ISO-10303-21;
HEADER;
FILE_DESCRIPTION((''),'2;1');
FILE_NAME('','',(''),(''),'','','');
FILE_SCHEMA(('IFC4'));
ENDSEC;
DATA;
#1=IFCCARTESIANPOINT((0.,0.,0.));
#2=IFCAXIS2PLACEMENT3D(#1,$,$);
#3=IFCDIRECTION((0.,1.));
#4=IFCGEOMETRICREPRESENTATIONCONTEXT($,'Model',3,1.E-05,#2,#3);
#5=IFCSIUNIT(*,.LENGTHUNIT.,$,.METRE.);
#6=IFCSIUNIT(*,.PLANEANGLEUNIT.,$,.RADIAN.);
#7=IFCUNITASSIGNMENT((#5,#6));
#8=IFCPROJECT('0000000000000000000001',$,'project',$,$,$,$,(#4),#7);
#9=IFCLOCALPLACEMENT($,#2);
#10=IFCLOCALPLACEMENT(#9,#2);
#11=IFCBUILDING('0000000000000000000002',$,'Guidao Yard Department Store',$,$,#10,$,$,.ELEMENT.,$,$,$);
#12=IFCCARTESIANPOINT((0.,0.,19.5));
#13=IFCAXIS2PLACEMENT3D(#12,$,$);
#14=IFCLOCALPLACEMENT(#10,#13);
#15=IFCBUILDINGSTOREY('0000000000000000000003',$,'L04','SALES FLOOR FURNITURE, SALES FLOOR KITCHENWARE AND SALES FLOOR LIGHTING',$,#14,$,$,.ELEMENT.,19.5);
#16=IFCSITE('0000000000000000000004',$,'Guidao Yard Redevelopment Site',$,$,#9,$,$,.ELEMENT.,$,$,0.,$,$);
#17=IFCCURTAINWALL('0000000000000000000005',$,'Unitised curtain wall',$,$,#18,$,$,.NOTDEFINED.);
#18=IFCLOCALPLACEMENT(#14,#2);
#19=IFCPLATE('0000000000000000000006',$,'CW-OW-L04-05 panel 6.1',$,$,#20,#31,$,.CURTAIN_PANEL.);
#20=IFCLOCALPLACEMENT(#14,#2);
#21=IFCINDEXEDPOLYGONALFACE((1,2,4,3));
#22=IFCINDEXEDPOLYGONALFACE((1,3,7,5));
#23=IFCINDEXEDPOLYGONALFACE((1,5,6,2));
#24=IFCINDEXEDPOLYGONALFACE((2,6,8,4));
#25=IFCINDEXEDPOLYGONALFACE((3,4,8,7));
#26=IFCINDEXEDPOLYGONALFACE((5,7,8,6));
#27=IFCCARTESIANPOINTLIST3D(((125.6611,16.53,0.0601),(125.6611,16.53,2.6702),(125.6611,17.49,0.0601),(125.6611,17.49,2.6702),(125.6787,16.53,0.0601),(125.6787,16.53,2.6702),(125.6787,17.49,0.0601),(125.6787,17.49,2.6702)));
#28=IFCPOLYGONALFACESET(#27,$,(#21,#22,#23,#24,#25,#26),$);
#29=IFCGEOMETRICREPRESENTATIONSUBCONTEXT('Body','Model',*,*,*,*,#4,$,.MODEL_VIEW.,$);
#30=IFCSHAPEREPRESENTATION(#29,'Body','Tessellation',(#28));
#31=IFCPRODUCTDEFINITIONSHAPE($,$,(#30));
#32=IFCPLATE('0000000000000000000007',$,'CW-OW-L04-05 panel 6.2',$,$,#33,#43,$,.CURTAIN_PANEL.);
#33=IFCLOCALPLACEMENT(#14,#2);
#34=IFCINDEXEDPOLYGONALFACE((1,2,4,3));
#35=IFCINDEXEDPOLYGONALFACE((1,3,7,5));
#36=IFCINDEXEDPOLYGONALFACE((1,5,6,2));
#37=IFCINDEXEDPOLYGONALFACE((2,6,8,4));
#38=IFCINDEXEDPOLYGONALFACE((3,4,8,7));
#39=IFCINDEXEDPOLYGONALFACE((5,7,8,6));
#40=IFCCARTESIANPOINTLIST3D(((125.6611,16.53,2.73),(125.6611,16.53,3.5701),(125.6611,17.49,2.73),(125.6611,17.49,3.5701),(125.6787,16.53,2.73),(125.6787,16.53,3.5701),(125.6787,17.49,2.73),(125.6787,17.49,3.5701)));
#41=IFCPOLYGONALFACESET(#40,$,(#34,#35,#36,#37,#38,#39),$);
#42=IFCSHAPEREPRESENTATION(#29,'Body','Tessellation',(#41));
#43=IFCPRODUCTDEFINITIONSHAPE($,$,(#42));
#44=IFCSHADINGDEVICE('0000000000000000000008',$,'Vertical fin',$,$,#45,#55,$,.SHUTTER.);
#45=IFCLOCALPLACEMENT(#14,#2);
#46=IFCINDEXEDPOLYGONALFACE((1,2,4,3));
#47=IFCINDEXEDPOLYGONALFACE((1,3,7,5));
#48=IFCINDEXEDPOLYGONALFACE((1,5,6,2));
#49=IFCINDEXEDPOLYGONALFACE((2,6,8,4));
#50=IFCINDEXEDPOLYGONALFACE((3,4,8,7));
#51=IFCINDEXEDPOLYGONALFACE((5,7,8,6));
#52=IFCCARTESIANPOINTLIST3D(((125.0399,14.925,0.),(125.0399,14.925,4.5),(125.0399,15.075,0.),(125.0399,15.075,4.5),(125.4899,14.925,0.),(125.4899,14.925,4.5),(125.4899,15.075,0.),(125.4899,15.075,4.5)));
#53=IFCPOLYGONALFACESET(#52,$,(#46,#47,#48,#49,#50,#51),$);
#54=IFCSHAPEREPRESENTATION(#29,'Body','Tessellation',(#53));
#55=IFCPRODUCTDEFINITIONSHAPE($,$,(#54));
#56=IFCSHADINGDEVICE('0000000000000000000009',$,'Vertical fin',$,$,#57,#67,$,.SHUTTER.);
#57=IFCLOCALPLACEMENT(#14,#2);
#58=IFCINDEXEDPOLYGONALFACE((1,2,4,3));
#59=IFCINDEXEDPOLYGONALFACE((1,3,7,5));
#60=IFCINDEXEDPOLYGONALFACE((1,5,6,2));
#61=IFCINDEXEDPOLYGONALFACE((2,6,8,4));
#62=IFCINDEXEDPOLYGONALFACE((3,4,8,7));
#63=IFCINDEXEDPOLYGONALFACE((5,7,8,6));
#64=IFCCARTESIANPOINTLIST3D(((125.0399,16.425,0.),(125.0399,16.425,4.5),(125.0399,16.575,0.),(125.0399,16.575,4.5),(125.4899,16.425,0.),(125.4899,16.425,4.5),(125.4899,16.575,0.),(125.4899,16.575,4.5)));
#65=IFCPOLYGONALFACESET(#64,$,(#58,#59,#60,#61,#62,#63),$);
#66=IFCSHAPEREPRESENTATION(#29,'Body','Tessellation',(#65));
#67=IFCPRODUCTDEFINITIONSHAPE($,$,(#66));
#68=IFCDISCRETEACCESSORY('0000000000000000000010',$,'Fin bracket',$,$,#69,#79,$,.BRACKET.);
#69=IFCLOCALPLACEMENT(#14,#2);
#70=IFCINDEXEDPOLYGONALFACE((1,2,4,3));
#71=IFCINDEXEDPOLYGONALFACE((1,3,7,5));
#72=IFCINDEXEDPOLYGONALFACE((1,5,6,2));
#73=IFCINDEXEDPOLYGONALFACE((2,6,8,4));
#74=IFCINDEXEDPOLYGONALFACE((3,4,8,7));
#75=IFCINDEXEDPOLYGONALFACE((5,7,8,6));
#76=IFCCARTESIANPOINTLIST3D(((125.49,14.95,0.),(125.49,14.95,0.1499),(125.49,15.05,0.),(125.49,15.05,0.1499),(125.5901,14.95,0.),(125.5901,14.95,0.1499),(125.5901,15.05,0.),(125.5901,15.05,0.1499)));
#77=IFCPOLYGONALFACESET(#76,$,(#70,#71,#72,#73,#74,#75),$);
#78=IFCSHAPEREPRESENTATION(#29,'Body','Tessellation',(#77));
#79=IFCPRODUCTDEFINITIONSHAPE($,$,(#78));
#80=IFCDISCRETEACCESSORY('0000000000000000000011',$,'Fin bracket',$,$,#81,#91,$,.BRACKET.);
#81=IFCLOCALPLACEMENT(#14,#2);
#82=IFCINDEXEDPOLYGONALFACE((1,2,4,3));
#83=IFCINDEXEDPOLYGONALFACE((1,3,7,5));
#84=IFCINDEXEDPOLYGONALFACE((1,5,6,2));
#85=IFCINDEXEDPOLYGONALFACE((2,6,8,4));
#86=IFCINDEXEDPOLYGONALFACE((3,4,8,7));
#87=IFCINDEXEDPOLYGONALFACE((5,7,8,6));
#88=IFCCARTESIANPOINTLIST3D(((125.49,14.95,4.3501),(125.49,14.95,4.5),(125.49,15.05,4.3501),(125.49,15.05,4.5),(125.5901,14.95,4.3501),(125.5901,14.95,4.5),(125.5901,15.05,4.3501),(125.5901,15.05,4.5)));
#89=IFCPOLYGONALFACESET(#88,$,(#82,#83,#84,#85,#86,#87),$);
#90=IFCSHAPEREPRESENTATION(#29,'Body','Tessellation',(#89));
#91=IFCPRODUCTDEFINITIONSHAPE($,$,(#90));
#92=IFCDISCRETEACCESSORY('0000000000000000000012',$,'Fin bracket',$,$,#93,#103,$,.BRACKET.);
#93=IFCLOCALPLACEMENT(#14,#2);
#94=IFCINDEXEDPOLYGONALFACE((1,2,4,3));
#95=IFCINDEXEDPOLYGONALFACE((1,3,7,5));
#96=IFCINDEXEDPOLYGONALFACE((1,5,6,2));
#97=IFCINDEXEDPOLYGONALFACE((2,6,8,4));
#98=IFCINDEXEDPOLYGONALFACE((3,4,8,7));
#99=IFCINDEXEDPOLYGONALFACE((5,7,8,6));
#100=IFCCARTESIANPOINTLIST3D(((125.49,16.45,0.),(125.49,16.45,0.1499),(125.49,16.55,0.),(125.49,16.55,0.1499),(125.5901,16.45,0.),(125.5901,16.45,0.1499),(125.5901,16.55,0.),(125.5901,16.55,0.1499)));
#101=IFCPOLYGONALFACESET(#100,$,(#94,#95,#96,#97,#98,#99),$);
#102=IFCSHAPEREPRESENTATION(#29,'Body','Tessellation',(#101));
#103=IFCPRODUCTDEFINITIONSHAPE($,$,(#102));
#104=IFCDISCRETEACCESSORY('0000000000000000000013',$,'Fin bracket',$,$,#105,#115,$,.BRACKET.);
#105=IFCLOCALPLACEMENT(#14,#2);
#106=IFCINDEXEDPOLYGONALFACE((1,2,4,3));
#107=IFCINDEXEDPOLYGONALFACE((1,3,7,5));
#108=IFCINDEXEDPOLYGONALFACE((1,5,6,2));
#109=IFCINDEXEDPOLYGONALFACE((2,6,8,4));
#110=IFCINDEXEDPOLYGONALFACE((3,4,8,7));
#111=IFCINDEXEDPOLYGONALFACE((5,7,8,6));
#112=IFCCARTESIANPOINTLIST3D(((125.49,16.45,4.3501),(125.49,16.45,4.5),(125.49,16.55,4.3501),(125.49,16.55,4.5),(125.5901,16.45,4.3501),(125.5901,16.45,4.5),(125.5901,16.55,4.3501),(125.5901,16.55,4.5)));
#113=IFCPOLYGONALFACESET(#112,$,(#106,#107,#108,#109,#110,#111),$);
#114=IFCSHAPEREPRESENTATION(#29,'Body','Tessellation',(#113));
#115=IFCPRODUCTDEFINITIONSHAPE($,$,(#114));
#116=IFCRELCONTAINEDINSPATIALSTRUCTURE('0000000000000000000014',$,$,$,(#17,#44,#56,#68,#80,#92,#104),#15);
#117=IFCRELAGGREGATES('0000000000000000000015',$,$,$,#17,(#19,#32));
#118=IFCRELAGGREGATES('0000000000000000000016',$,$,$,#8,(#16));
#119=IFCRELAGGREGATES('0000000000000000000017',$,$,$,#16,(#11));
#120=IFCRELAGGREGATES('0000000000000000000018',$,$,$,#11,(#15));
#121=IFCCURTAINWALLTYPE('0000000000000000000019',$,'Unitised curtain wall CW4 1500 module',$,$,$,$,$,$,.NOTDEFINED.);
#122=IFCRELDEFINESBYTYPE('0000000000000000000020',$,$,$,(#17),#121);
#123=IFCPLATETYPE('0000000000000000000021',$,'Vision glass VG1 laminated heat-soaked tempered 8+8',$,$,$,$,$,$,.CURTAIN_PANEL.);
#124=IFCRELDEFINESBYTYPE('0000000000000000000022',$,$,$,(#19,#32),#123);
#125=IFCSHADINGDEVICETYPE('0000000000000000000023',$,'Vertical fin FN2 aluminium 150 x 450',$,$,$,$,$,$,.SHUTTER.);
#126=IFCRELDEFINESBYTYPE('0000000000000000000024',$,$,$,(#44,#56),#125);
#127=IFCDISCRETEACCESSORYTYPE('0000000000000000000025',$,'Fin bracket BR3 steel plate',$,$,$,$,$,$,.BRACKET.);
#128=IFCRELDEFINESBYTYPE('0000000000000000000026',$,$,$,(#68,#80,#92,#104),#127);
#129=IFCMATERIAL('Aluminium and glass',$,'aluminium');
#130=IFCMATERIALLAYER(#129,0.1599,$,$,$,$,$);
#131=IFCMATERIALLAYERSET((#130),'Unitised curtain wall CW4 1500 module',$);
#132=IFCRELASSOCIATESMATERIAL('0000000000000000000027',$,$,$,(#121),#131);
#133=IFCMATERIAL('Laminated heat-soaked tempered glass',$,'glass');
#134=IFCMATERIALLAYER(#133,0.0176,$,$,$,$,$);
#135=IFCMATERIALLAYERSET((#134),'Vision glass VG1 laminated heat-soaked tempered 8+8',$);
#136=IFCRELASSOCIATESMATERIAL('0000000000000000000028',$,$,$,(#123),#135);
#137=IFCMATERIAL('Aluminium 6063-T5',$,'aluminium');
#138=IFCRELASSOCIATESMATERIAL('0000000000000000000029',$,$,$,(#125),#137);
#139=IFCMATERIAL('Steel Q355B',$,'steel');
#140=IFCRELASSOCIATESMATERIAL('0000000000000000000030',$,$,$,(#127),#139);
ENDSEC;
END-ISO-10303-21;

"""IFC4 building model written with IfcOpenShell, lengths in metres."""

from ifc_helpers import new_model, si_unit, direction, frame, origin, origin_2d, place, context, subcontext, project, spatial, rectangle, extrude, material, layer, layer_set, type_object, element, aggregate, save


model = new_model("IFC4")

# Units and contexts
model_context = context("Model", 3, precision=1e-05, world=origin(), true_north=direction((0.0, 1.0)))
body_context = subcontext(model_context, "Body", "Model", "MODEL_VIEW")
ifc_project = project(units=[si_unit("LENGTHUNIT", "METRE"), si_unit("PLANEANGLEUNIT", "RADIAN")], contexts=[model_context])

# Site, building, storey
site_placement = place(None, origin())
site = spatial("IfcSite", under=ifc_project, at=site_placement, Name="Guidao Yard Redevelopment Site", CompositionType="ELEMENT", RefElevation=0.0)
building_placement = place(site_placement, origin())
building = spatial("IfcBuilding", under=site, at=building_placement, Name="Guidao Yard Department Store", CompositionType="ELEMENT")
storey_placement = place(building_placement, frame((0.0, 0.0, 19.5)))
storey = spatial("IfcBuildingStorey", under=building, at=storey_placement, Name="L04", Description="SALES FLOOR FURNITURE, SALES FLOOR KITCHENWARE AND SALES FLOOR LIGHTING", CompositionType="ELEMENT", Elevation=19.5)

# Curtain wall, plates
ifc_material_1 = material(Name="Aluminium and glass", Category="aluminium")
ifc_layer_1 = layer(ifc_material_1, 0.1599)
ifc_layer_set_1 = layer_set([ifc_layer_1], Name="Unitised curtain wall CW4 1500 module")
curtain_wall_type = type_object("IfcCurtainWallType", Name="Unitised curtain wall CW4 1500 module", PredefinedType="NOTDEFINED", material=ifc_layer_set_1)
curtain_wall_placement = place(storey_placement, origin())
curtain_wall = element("IfcCurtainWall", 1, at=curtain_wall_placement, inside=storey, type_object=curtain_wall_type, Name="Unitised curtain wall", PredefinedType="NOTDEFINED")
ifc_material_2 = material(Name="Laminated heat-soaked tempered glass", Category="glass")
ifc_layer_2 = layer(ifc_material_2, 0.0176)
ifc_layer_set_2 = layer_set([ifc_layer_2], Name="Vision glass VG1 laminated heat-soaked tempered 8+8")
plate_type_1 = type_object("IfcPlateType", Name="Vision glass VG1 laminated heat-soaked tempered 8+8", PredefinedType="CURTAIN_PANEL", material=ifc_layer_set_2)
plate_1_placement = place(storey_placement, frame((125.6699, 17.01, 0.0601), z_axis=(0.0, 0.0, 1.0), x_axis=(0.0, 1.0, 0.0)))
plate_1 = element("IfcPlate", 2, at=plate_1_placement, type_object=plate_type_1, Name="CW-OW-L04-05 panel 6.1", PredefinedType="CURTAIN_PANEL", context=body_context, shape_type="SweptSolid", body=[
    extrude(rectangle(XDim=0.96, YDim=0.0176, at=origin_2d()), origin(), (0.0, 0.0, 1.0), 2.6101),
])
plate_2_placement = place(storey_placement, frame((125.6699, 17.01, 2.73), z_axis=(0.0, 0.0, 1.0), x_axis=(0.0, 1.0, 0.0)))
plate_2 = element("IfcPlate", 3, at=plate_2_placement, type_object=plate_type_1, Name="CW-OW-L04-05 panel 6.2", PredefinedType="CURTAIN_PANEL", context=body_context, shape_type="SweptSolid", body=[
    extrude(rectangle(XDim=0.96, YDim=0.0176, at=origin_2d()), origin(), (0.0, 0.0, 1.0), 0.8401),
])
aggregate(curtain_wall, [plate_1, plate_2])

# Shading devices
ifc_material_3 = material(Name="Aluminium 6063-T5", Category="aluminium")
shading_device_type = type_object("IfcShadingDeviceType", Name="Vertical fin FN2 aluminium 150 x 450", PredefinedType="SHUTTER", material=ifc_material_3)
for number, where, z_axis, x_axis, name in (
    (4, (125.2649, 15.0, 0.0), (0.0, 0.0, 1.0), (0.0, 1.0, 0.0), "Vertical fin"),
    (5, (125.2649, 16.5, 0.0), (0.0, 0.0, 1.0), (0.0, 1.0, 0.0), "Vertical fin"),
):
    element("IfcShadingDevice", number, at=place(storey_placement, frame(where, z_axis=z_axis, x_axis=x_axis)), inside=storey, type_object=shading_device_type, Name=name, PredefinedType="SHUTTER", context=body_context, shape_type="SweptSolid", body=[
        extrude(rectangle(XDim=0.1499, YDim=0.45, at=origin_2d()), origin(), (0.0, 0.0, 1.0), 4.5),
    ])

# Discrete accessories
ifc_material_4 = material(Name="Steel Q355B", Category="steel")
discrete_accessory_type = type_object("IfcDiscreteAccessoryType", Name="Fin bracket BR3 steel plate", PredefinedType="BRACKET", material=ifc_material_4)
for number, where, z_axis, x_axis, name in (
    (6, (125.54, 15.0, 0.0), (0.0, 0.0, 1.0), (0.0, 1.0, 0.0), "Fin bracket"),
    (7, (125.54, 15.0, 4.3501), (0.0, 0.0, 1.0), (0.0, 1.0, 0.0), "Fin bracket"),
    (8, (125.54, 16.5, 0.0), (0.0, 0.0, 1.0), (0.0, 1.0, 0.0), "Fin bracket"),
    (9, (125.54, 16.5, 4.3501), (0.0, 0.0, 1.0), (0.0, 1.0, 0.0), "Fin bracket"),
):
    element("IfcDiscreteAccessory", number, at=place(storey_placement, frame(where, z_axis=z_axis, x_axis=x_axis)), inside=storey, type_object=discrete_accessory_type, Name=name, PredefinedType="BRACKET", context=body_context, shape_type="SweptSolid", body=[
        extrude(rectangle(XDim=0.1001, YDim=0.1001, at=origin_2d()), origin(), (0.0, 0.0, 1.0), 0.1499),
    ])

save(model, "model.ifc")
